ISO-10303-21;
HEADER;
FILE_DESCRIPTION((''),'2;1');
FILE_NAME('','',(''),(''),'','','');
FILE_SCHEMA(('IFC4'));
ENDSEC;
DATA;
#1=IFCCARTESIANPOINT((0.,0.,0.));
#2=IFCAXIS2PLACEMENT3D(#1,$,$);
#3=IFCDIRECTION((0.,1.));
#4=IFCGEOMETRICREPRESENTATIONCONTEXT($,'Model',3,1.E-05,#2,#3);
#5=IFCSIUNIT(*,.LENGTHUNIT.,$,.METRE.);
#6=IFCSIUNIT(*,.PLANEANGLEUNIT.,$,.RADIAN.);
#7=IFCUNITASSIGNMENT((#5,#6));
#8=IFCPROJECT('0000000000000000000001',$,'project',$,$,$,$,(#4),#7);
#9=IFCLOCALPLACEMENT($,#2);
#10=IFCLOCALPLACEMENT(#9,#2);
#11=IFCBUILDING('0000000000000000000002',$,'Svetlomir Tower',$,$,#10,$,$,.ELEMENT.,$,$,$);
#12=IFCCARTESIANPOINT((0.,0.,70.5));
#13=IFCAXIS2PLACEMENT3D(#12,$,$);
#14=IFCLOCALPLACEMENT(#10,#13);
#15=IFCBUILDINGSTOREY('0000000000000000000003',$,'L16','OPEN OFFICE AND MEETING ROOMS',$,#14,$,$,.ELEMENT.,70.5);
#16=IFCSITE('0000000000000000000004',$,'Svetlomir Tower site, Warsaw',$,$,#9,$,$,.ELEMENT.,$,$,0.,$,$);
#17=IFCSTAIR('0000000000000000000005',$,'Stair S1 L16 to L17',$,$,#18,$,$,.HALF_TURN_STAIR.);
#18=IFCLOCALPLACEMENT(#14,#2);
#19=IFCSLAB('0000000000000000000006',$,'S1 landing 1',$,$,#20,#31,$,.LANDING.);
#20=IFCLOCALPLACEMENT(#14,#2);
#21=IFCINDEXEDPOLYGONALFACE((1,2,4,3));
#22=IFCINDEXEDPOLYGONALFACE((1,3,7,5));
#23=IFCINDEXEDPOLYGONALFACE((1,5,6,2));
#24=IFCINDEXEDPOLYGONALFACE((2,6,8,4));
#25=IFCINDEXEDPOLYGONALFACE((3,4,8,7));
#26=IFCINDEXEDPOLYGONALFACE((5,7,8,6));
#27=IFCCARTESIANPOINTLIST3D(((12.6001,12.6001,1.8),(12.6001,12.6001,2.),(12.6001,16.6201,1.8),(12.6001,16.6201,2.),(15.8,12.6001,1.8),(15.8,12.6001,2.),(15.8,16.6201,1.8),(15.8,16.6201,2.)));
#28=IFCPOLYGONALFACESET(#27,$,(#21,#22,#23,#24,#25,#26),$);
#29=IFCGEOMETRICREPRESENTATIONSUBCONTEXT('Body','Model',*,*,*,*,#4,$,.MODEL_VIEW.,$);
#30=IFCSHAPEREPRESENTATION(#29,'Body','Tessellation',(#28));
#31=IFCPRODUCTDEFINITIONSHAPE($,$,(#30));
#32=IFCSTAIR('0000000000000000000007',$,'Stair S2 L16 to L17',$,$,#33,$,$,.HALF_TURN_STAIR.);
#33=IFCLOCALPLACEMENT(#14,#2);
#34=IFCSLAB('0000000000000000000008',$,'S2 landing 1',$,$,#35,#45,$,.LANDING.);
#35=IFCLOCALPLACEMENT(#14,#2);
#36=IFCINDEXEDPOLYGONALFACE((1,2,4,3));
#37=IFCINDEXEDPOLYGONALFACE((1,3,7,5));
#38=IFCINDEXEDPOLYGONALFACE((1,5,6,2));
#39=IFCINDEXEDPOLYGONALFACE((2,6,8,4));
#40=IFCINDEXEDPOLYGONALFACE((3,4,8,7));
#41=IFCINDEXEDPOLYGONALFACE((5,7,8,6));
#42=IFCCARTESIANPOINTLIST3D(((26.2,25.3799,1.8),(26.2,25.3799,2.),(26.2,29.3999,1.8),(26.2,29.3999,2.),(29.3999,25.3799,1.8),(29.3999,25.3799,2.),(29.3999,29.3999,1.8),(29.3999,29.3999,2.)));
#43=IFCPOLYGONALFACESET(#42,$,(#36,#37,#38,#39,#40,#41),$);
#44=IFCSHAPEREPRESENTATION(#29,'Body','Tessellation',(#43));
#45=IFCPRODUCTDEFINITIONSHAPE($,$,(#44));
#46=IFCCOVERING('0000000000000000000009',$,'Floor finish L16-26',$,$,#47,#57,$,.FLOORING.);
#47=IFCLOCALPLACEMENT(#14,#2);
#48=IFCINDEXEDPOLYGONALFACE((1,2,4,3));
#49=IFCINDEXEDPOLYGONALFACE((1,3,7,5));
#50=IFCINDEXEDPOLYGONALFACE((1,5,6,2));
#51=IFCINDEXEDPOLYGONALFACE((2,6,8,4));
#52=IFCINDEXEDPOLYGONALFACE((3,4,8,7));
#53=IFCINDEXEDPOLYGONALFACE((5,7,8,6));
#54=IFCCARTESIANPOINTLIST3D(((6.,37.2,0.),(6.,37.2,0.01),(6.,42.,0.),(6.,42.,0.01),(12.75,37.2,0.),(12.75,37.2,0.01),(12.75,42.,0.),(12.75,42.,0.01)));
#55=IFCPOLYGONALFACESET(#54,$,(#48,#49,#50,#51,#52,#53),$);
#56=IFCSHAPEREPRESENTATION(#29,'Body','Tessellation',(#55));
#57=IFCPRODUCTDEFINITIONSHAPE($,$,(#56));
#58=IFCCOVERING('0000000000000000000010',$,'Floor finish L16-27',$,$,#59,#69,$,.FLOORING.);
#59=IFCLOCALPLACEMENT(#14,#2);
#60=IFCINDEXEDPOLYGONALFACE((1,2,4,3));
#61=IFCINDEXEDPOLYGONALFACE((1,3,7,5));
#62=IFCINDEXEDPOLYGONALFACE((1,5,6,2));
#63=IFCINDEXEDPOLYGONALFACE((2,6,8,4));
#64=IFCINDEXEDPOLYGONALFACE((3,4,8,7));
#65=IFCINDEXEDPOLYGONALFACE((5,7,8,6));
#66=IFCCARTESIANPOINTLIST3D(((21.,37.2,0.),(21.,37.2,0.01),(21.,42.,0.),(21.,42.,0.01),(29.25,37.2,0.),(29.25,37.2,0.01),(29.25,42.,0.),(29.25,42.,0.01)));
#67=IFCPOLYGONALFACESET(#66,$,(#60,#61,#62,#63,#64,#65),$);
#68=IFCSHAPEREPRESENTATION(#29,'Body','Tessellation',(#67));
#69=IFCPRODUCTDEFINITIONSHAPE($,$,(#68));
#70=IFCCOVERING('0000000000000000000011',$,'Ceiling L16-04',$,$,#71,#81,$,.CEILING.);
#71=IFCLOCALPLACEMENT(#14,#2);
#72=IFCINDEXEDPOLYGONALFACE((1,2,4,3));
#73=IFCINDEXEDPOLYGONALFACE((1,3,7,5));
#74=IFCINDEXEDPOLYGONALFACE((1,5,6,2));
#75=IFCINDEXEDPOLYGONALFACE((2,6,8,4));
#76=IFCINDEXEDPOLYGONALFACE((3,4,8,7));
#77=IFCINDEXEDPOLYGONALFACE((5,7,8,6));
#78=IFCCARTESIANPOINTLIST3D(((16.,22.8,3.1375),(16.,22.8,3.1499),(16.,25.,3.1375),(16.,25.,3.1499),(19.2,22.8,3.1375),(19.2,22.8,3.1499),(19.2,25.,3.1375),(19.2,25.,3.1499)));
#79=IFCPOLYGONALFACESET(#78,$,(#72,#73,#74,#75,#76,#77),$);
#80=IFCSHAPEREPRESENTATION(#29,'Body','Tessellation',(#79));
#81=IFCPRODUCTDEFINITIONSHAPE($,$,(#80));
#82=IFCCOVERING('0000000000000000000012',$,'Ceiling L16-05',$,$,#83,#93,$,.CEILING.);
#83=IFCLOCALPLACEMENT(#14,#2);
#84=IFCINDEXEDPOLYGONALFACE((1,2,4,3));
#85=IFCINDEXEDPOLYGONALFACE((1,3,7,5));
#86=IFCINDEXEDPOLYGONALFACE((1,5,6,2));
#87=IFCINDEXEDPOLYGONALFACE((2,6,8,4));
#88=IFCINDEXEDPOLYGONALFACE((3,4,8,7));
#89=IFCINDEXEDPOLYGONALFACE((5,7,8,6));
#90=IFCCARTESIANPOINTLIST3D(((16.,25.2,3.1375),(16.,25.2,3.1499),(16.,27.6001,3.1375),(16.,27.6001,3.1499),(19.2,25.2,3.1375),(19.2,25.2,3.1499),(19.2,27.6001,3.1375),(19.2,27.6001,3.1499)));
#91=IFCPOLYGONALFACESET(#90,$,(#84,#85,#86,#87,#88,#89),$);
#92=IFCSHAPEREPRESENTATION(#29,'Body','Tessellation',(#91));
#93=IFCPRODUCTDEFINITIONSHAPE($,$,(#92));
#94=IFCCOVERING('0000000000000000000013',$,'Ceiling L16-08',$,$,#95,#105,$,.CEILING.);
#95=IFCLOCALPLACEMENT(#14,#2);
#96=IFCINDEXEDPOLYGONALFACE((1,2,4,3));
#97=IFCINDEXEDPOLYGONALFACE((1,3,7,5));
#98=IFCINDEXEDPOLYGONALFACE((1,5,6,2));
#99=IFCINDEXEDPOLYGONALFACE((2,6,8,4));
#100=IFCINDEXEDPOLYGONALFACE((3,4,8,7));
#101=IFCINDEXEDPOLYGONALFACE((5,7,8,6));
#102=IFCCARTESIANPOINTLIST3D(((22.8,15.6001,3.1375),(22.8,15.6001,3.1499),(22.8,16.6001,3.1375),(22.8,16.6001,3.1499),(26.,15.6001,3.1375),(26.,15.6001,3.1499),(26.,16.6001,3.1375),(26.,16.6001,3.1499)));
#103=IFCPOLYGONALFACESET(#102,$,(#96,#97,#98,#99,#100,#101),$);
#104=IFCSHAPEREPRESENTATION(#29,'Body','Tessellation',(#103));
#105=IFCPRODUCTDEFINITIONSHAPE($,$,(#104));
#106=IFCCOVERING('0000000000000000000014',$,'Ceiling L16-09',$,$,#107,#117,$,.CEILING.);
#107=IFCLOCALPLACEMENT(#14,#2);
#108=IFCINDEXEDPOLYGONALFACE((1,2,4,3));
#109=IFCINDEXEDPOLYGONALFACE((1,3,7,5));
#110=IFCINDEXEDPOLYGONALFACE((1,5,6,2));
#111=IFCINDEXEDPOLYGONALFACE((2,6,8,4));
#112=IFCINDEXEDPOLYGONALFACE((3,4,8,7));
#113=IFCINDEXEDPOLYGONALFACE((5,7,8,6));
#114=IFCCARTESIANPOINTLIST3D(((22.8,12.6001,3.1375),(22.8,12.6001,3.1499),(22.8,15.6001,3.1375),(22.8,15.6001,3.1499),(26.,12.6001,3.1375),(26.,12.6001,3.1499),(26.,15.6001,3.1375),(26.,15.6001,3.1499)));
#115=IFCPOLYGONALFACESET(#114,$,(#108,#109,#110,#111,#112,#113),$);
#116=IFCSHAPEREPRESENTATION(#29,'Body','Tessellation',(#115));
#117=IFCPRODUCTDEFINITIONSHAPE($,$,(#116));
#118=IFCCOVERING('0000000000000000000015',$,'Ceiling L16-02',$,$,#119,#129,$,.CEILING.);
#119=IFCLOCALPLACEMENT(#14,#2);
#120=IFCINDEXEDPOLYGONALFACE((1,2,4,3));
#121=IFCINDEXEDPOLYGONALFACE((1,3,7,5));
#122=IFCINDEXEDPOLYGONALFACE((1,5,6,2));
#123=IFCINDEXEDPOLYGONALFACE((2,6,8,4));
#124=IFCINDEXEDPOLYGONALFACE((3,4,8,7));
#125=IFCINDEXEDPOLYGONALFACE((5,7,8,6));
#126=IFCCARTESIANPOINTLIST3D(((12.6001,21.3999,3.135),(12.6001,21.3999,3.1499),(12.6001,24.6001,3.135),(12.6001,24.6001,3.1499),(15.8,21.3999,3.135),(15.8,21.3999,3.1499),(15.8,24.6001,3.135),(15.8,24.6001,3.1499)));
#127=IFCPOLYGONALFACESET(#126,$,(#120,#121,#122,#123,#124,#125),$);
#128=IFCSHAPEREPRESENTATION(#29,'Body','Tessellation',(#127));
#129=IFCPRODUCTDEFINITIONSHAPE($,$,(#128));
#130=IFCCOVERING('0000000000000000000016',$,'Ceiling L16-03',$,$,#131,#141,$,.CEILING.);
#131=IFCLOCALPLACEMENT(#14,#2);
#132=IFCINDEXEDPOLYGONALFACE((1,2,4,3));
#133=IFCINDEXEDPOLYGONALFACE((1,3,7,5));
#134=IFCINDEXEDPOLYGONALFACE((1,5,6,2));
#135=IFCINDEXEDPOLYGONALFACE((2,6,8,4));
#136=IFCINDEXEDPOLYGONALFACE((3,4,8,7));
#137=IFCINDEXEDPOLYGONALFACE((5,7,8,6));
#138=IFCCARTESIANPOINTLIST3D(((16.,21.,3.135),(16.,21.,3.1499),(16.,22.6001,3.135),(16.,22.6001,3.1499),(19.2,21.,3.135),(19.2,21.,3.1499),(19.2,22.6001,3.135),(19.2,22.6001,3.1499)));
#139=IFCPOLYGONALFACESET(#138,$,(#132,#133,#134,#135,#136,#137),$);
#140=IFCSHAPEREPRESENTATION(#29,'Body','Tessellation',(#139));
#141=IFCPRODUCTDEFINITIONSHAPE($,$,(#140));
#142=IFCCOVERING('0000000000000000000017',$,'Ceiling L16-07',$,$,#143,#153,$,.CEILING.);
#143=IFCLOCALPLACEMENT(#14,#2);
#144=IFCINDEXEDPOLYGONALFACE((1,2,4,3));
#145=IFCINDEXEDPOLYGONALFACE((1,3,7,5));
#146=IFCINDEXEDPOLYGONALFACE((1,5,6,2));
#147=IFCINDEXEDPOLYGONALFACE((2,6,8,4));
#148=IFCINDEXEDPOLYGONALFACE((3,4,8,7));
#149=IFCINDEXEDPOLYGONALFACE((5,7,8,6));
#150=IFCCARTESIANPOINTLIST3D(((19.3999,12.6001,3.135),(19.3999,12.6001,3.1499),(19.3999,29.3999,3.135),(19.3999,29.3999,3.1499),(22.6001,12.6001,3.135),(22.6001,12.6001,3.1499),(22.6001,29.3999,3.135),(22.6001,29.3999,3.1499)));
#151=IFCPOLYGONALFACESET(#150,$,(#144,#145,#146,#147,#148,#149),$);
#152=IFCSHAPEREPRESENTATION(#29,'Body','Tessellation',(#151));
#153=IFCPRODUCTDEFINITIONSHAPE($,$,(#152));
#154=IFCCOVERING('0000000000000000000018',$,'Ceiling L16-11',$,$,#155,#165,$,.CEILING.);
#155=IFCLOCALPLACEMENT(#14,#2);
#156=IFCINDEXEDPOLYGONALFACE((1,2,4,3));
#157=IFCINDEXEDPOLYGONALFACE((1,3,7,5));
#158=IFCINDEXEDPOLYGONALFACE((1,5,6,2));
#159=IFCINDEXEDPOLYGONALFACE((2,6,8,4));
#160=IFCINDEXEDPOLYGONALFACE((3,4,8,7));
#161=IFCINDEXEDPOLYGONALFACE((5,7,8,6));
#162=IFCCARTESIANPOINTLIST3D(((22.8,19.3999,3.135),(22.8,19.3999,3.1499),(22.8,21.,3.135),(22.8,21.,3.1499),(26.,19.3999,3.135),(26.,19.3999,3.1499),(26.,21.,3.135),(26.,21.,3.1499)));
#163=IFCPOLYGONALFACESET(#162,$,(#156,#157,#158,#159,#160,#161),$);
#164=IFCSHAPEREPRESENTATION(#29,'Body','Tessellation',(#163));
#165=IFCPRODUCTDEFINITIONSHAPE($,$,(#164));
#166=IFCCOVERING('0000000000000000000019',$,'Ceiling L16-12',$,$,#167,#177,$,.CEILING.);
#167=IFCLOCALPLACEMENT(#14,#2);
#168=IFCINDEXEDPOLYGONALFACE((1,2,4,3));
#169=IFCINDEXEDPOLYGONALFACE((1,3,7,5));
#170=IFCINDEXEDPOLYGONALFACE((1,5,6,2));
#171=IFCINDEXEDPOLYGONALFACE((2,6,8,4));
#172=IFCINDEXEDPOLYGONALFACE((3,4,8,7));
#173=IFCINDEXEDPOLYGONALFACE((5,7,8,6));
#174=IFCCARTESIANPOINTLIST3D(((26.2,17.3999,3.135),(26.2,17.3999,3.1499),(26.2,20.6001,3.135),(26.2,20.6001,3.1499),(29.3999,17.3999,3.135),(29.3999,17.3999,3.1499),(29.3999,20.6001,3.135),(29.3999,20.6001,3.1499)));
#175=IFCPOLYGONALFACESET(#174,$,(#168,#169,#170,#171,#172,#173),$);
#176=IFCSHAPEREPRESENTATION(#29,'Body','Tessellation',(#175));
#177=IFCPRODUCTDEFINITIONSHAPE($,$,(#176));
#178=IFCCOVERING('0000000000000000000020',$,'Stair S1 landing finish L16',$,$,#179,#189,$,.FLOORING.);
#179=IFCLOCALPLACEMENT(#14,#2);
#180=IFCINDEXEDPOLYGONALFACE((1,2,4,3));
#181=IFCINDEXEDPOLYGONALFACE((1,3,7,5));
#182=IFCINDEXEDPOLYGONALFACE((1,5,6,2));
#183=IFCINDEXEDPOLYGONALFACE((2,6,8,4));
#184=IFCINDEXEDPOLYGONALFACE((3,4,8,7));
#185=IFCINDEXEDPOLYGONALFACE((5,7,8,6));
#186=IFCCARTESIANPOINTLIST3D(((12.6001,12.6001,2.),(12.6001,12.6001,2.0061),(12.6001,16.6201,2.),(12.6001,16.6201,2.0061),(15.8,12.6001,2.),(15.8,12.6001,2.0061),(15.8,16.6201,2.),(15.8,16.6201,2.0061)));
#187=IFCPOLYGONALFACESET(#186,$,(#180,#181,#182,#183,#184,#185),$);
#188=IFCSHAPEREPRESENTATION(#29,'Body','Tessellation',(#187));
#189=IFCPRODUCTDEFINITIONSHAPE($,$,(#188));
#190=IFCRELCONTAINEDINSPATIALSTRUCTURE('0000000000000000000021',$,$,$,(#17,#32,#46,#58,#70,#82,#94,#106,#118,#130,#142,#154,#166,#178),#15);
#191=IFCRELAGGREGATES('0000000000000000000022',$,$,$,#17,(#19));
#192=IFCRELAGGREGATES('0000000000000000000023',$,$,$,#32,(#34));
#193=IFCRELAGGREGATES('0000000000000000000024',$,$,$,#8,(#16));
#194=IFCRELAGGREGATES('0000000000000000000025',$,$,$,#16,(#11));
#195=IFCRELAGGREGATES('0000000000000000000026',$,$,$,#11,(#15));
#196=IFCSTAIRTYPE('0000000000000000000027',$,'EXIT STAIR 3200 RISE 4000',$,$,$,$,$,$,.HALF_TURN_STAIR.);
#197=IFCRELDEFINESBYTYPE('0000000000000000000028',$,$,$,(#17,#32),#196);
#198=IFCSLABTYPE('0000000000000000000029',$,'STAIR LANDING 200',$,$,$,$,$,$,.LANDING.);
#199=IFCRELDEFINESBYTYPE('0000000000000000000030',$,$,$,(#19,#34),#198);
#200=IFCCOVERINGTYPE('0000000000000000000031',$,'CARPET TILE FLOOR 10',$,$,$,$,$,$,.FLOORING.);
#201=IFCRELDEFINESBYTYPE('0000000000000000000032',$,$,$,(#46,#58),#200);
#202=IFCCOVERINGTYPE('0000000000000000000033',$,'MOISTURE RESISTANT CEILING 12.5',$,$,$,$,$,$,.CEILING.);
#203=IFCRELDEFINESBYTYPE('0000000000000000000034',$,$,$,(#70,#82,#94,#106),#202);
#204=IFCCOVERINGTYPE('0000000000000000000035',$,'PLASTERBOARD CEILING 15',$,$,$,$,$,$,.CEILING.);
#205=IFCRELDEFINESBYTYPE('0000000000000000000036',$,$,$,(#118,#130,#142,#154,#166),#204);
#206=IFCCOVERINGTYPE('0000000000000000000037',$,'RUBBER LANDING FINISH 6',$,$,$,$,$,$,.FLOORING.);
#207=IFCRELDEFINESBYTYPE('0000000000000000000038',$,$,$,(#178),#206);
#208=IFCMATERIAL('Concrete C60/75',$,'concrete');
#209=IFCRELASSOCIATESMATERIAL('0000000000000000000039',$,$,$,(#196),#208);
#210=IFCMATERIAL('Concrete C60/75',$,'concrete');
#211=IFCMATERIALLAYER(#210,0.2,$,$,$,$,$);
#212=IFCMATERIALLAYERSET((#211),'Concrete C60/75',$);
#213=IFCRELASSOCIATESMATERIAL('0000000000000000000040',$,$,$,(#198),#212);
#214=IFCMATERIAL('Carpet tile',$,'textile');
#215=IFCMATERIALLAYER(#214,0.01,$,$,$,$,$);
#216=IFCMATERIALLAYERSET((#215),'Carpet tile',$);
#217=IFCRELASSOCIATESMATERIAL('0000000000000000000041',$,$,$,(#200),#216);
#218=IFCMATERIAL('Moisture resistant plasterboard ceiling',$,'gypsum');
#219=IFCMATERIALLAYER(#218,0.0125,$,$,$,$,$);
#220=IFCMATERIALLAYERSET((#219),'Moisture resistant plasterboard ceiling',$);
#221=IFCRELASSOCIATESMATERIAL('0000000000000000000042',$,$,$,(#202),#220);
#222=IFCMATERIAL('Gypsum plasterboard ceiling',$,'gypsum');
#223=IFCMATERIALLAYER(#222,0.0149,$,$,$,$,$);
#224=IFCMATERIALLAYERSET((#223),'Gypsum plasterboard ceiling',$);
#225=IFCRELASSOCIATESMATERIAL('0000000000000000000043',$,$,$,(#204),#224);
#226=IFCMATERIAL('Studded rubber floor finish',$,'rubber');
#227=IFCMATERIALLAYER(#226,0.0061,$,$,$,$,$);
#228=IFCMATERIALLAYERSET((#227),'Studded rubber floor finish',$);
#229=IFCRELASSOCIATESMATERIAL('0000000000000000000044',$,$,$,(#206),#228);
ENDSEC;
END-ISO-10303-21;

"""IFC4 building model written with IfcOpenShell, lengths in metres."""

from ifc_helpers import new_model, si_unit, direction, frame, origin, place, context, subcontext, project, spatial, polyline, outline, extrude, material, layer, layer_set, type_object, element, aggregate, save


model = new_model("IFC4")

# Units and contexts
model_context = context("Model", 3, precision=1e-05, world=origin(), true_north=direction((0.0, 1.0)))
body_context = subcontext(model_context, "Body", "Model", "MODEL_VIEW")
ifc_project = project(units=[si_unit("LENGTHUNIT", "METRE"), si_unit("PLANEANGLEUNIT", "RADIAN")], contexts=[model_context])

# Site, building, storey
site_placement = place(None, origin())
site = spatial("IfcSite", under=ifc_project, at=site_placement, Name="Svetlomir Tower site, Warsaw", CompositionType="ELEMENT", RefElevation=0.0)
building_placement = place(site_placement, origin())
building = spatial("IfcBuilding", under=site, at=building_placement, Name="Svetlomir Tower", CompositionType="ELEMENT")
storey_placement = place(building_placement, frame((0.0, 0.0, 70.5)))
storey = spatial("IfcBuildingStorey", under=building, at=storey_placement, Name="L16", Description="OPEN OFFICE AND MEETING ROOMS", CompositionType="ELEMENT", Elevation=70.5)

# Stairs, slabs
ifc_material_1 = material(Name="Concrete C60/75", Category="concrete")
stair_type = type_object("IfcStairType", Name="EXIT STAIR 3200 RISE 4000", PredefinedType="HALF_TURN_STAIR", material=ifc_material_1)
stair_1_placement = place(storey_placement, origin())
stair_1 = element("IfcStair", 1, at=stair_1_placement, inside=storey, type_object=stair_type, Name="Stair S1 L16 to L17", PredefinedType="HALF_TURN_STAIR")
ifc_material_2 = material(Name="Concrete C60/75", Category="concrete")
ifc_layer_1 = layer(ifc_material_2, 0.2)
ifc_layer_set_1 = layer_set([ifc_layer_1], Name="Concrete C60/75")
slab_type = type_object("IfcSlabType", Name="STAIR LANDING 200", PredefinedType="LANDING", material=ifc_layer_set_1)
slab_1_placement = place(storey_placement, frame((0.0, 0.0, 1.8)))
slab_1 = element("IfcSlab", 2, at=slab_1_placement, type_object=slab_type, Name="S1 landing 1", PredefinedType="LANDING", context=body_context, shape_type="SweptSolid", body=[
    extrude(outline(polyline([(12.6001, 12.6001), (15.8, 12.6001), (15.8, 16.6201), (12.6001, 16.6201), (12.6001, 12.6001)])), origin(), (0.0, 0.0, 1.0), 0.2),
])
aggregate(stair_1, [slab_1])
stair_2_placement = place(storey_placement, origin())
stair_2 = element("IfcStair", 3, at=stair_2_placement, inside=storey, type_object=stair_type, Name="Stair S2 L16 to L17", PredefinedType="HALF_TURN_STAIR")
slab_2_placement = place(storey_placement, frame((0.0, 0.0, 1.8)))
slab_2 = element("IfcSlab", 4, at=slab_2_placement, type_object=slab_type, Name="S2 landing 1", PredefinedType="LANDING", context=body_context, shape_type="SweptSolid", body=[
    extrude(outline(polyline([(26.2, 25.3799), (29.3999, 25.3799), (29.3999, 29.3999), (26.2, 29.3999), (26.2, 25.3799)])), origin(), (0.0, 0.0, 1.0), 0.2),
])
aggregate(stair_2, [slab_2])

# Coverings
ifc_material_3 = material(Name="Carpet tile", Category="textile")
ifc_layer_2 = layer(ifc_material_3, 0.01)
ifc_layer_set_2 = layer_set([ifc_layer_2], Name="Carpet tile")
covering_type_1 = type_object("IfcCoveringType", Name="CARPET TILE FLOOR 10", PredefinedType="FLOORING", material=ifc_layer_set_2)
covering_1_placement = place(storey_placement, origin())
element("IfcCovering", 5, at=covering_1_placement, inside=storey, type_object=covering_type_1, Name="Floor finish L16-26", PredefinedType="FLOORING", context=body_context, shape_type="SweptSolid", body=[
    extrude(outline(polyline([(6.0, 37.2), (12.75, 37.2), (12.75, 42.0), (6.0, 42.0), (6.0, 37.2)])), origin(), (0.0, 0.0, 1.0), 0.01),
])
covering_2_placement = place(storey_placement, origin())
element("IfcCovering", 6, at=covering_2_placement, inside=storey, type_object=covering_type_1, Name="Floor finish L16-27", PredefinedType="FLOORING", context=body_context, shape_type="SweptSolid", body=[
    extrude(outline(polyline([(21.0, 37.2), (29.25, 37.2), (29.25, 42.0), (21.0, 42.0), (21.0, 37.2)])), origin(), (0.0, 0.0, 1.0), 0.01),
])
ifc_material_4 = material(Name="Moisture resistant plasterboard ceiling", Category="gypsum")
ifc_layer_3 = layer(ifc_material_4, 0.0125)
ifc_layer_set_3 = layer_set([ifc_layer_3], Name="Moisture resistant plasterboard ceiling")
covering_type_2 = type_object("IfcCoveringType", Name="MOISTURE RESISTANT CEILING 12.5", PredefinedType="CEILING", material=ifc_layer_set_3)
covering_3_placement = place(storey_placement, frame((0.0, 0.0, 3.1375)))
element("IfcCovering", 7, at=covering_3_placement, inside=storey, type_object=covering_type_2, Name="Ceiling L16-04", PredefinedType="CEILING", context=body_context, shape_type="SweptSolid", body=[
    extrude(outline(polyline([(16.0, 22.8), (19.2, 22.8), (19.2, 25.0), (16.0, 25.0), (16.0, 22.8)])), origin(), (0.0, 0.0, 1.0), 0.0125),
])
covering_4_placement = place(storey_placement, frame((0.0, 0.0, 3.1375)))
element("IfcCovering", 8, at=covering_4_placement, inside=storey, type_object=covering_type_2, Name="Ceiling L16-05", PredefinedType="CEILING", context=body_context, shape_type="SweptSolid", body=[
    extrude(outline(polyline([(16.0, 25.2), (19.2, 25.2), (19.2, 27.6001), (16.0, 27.6001), (16.0, 25.2)])), origin(), (0.0, 0.0, 1.0), 0.0125),
])
covering_5_placement = place(storey_placement, frame((0.0, 0.0, 3.1375)))
element("IfcCovering", 9, at=covering_5_placement, inside=storey, type_object=covering_type_2, Name="Ceiling L16-08", PredefinedType="CEILING", context=body_context, shape_type="SweptSolid", body=[
    extrude(outline(polyline([(22.8, 15.6001), (26.0, 15.6001), (26.0, 16.6001), (22.8, 16.6001), (22.8, 15.6001)])), origin(), (0.0, 0.0, 1.0), 0.0125),
])
covering_6_placement = place(storey_placement, frame((0.0, 0.0, 3.1375)))
element("IfcCovering", 10, at=covering_6_placement, inside=storey, type_object=covering_type_2, Name="Ceiling L16-09", PredefinedType="CEILING", context=body_context, shape_type="SweptSolid", body=[
    extrude(outline(polyline([(22.8, 12.6001), (26.0, 12.6001), (26.0, 15.6001), (22.8, 15.6001), (22.8, 12.6001)])), origin(), (0.0, 0.0, 1.0), 0.0125),
])
ifc_material_5 = material(Name="Gypsum plasterboard ceiling", Category="gypsum")
ifc_layer_4 = layer(ifc_material_5, 0.0149)
ifc_layer_set_4 = layer_set([ifc_layer_4], Name="Gypsum plasterboard ceiling")
covering_type_3 = type_object("IfcCoveringType", Name="PLASTERBOARD CEILING 15", PredefinedType="CEILING", material=ifc_layer_set_4)
covering_7_placement = place(storey_placement, frame((0.0, 0.0, 3.135)))
element("IfcCovering", 11, at=covering_7_placement, inside=storey, type_object=covering_type_3, Name="Ceiling L16-02", PredefinedType="CEILING", context=body_context, shape_type="SweptSolid", body=[
    extrude(outline(polyline([(12.6001, 21.3999), (15.8, 21.3999), (15.8, 24.6001), (12.6001, 24.6001), (12.6001, 21.3999)])), origin(), (0.0, 0.0, 1.0), 0.0149),
])
covering_8_placement = place(storey_placement, frame((0.0, 0.0, 3.135)))
element("IfcCovering", 12, at=covering_8_placement, inside=storey, type_object=covering_type_3, Name="Ceiling L16-03", PredefinedType="CEILING", context=body_context, shape_type="SweptSolid", body=[
    extrude(outline(polyline([(16.0, 21.0), (19.2, 21.0), (19.2, 22.6001), (16.0, 22.6001), (16.0, 21.0)])), origin(), (0.0, 0.0, 1.0), 0.0149),
])
covering_9_placement = place(storey_placement, frame((0.0, 0.0, 3.135)))
element("IfcCovering", 13, at=covering_9_placement, inside=storey, type_object=covering_type_3, Name="Ceiling L16-07", PredefinedType="CEILING", context=body_context, shape_type="SweptSolid", body=[
    extrude(outline(polyline([(19.3999, 12.6001), (22.6001, 12.6001), (22.6001, 29.3999), (19.3999, 29.3999), (19.3999, 12.6001)])), origin(), (0.0, 0.0, 1.0), 0.0149),
])
covering_10_placement = place(storey_placement, frame((0.0, 0.0, 3.135)))
element("IfcCovering", 14, at=covering_10_placement, inside=storey, type_object=covering_type_3, Name="Ceiling L16-11", PredefinedType="CEILING", context=body_context, shape_type="SweptSolid", body=[
    extrude(outline(polyline([(22.8, 19.3999), (26.0, 19.3999), (26.0, 21.0), (22.8, 21.0), (22.8, 19.3999)])), origin(), (0.0, 0.0, 1.0), 0.0149),
])
covering_11_placement = place(storey_placement, frame((0.0, 0.0, 3.135)))
element("IfcCovering", 15, at=covering_11_placement, inside=storey, type_object=covering_type_3, Name="Ceiling L16-12", PredefinedType="CEILING", context=body_context, shape_type="SweptSolid", body=[
    extrude(outline(polyline([(26.2, 17.3999), (29.3999, 17.3999), (29.3999, 20.6001), (26.2, 20.6001), (26.2, 17.3999)])), origin(), (0.0, 0.0, 1.0), 0.0149),
])
ifc_material_6 = material(Name="Studded rubber floor finish", Category="rubber")
ifc_layer_5 = layer(ifc_material_6, 0.0061)
ifc_layer_set_5 = layer_set([ifc_layer_5], Name="Studded rubber floor finish")
covering_type_4 = type_object("IfcCoveringType", Name="RUBBER LANDING FINISH 6", PredefinedType="FLOORING", material=ifc_layer_set_5)
covering_12_placement = place(storey_placement, frame((0.0, 0.0, 2.0)))
element("IfcCovering", 16, at=covering_12_placement, inside=storey, type_object=covering_type_4, Name="Stair S1 landing finish L16", PredefinedType="FLOORING", context=body_context, shape_type="SweptSolid", body=[
    extrude(outline(polyline([(12.6001, 12.6001), (15.8, 12.6001), (15.8, 16.6201), (12.6001, 16.6201), (12.6001, 12.6001)])), origin(), (0.0, 0.0, 1.0), 0.0061),
])

save(model, "model.ifc")
